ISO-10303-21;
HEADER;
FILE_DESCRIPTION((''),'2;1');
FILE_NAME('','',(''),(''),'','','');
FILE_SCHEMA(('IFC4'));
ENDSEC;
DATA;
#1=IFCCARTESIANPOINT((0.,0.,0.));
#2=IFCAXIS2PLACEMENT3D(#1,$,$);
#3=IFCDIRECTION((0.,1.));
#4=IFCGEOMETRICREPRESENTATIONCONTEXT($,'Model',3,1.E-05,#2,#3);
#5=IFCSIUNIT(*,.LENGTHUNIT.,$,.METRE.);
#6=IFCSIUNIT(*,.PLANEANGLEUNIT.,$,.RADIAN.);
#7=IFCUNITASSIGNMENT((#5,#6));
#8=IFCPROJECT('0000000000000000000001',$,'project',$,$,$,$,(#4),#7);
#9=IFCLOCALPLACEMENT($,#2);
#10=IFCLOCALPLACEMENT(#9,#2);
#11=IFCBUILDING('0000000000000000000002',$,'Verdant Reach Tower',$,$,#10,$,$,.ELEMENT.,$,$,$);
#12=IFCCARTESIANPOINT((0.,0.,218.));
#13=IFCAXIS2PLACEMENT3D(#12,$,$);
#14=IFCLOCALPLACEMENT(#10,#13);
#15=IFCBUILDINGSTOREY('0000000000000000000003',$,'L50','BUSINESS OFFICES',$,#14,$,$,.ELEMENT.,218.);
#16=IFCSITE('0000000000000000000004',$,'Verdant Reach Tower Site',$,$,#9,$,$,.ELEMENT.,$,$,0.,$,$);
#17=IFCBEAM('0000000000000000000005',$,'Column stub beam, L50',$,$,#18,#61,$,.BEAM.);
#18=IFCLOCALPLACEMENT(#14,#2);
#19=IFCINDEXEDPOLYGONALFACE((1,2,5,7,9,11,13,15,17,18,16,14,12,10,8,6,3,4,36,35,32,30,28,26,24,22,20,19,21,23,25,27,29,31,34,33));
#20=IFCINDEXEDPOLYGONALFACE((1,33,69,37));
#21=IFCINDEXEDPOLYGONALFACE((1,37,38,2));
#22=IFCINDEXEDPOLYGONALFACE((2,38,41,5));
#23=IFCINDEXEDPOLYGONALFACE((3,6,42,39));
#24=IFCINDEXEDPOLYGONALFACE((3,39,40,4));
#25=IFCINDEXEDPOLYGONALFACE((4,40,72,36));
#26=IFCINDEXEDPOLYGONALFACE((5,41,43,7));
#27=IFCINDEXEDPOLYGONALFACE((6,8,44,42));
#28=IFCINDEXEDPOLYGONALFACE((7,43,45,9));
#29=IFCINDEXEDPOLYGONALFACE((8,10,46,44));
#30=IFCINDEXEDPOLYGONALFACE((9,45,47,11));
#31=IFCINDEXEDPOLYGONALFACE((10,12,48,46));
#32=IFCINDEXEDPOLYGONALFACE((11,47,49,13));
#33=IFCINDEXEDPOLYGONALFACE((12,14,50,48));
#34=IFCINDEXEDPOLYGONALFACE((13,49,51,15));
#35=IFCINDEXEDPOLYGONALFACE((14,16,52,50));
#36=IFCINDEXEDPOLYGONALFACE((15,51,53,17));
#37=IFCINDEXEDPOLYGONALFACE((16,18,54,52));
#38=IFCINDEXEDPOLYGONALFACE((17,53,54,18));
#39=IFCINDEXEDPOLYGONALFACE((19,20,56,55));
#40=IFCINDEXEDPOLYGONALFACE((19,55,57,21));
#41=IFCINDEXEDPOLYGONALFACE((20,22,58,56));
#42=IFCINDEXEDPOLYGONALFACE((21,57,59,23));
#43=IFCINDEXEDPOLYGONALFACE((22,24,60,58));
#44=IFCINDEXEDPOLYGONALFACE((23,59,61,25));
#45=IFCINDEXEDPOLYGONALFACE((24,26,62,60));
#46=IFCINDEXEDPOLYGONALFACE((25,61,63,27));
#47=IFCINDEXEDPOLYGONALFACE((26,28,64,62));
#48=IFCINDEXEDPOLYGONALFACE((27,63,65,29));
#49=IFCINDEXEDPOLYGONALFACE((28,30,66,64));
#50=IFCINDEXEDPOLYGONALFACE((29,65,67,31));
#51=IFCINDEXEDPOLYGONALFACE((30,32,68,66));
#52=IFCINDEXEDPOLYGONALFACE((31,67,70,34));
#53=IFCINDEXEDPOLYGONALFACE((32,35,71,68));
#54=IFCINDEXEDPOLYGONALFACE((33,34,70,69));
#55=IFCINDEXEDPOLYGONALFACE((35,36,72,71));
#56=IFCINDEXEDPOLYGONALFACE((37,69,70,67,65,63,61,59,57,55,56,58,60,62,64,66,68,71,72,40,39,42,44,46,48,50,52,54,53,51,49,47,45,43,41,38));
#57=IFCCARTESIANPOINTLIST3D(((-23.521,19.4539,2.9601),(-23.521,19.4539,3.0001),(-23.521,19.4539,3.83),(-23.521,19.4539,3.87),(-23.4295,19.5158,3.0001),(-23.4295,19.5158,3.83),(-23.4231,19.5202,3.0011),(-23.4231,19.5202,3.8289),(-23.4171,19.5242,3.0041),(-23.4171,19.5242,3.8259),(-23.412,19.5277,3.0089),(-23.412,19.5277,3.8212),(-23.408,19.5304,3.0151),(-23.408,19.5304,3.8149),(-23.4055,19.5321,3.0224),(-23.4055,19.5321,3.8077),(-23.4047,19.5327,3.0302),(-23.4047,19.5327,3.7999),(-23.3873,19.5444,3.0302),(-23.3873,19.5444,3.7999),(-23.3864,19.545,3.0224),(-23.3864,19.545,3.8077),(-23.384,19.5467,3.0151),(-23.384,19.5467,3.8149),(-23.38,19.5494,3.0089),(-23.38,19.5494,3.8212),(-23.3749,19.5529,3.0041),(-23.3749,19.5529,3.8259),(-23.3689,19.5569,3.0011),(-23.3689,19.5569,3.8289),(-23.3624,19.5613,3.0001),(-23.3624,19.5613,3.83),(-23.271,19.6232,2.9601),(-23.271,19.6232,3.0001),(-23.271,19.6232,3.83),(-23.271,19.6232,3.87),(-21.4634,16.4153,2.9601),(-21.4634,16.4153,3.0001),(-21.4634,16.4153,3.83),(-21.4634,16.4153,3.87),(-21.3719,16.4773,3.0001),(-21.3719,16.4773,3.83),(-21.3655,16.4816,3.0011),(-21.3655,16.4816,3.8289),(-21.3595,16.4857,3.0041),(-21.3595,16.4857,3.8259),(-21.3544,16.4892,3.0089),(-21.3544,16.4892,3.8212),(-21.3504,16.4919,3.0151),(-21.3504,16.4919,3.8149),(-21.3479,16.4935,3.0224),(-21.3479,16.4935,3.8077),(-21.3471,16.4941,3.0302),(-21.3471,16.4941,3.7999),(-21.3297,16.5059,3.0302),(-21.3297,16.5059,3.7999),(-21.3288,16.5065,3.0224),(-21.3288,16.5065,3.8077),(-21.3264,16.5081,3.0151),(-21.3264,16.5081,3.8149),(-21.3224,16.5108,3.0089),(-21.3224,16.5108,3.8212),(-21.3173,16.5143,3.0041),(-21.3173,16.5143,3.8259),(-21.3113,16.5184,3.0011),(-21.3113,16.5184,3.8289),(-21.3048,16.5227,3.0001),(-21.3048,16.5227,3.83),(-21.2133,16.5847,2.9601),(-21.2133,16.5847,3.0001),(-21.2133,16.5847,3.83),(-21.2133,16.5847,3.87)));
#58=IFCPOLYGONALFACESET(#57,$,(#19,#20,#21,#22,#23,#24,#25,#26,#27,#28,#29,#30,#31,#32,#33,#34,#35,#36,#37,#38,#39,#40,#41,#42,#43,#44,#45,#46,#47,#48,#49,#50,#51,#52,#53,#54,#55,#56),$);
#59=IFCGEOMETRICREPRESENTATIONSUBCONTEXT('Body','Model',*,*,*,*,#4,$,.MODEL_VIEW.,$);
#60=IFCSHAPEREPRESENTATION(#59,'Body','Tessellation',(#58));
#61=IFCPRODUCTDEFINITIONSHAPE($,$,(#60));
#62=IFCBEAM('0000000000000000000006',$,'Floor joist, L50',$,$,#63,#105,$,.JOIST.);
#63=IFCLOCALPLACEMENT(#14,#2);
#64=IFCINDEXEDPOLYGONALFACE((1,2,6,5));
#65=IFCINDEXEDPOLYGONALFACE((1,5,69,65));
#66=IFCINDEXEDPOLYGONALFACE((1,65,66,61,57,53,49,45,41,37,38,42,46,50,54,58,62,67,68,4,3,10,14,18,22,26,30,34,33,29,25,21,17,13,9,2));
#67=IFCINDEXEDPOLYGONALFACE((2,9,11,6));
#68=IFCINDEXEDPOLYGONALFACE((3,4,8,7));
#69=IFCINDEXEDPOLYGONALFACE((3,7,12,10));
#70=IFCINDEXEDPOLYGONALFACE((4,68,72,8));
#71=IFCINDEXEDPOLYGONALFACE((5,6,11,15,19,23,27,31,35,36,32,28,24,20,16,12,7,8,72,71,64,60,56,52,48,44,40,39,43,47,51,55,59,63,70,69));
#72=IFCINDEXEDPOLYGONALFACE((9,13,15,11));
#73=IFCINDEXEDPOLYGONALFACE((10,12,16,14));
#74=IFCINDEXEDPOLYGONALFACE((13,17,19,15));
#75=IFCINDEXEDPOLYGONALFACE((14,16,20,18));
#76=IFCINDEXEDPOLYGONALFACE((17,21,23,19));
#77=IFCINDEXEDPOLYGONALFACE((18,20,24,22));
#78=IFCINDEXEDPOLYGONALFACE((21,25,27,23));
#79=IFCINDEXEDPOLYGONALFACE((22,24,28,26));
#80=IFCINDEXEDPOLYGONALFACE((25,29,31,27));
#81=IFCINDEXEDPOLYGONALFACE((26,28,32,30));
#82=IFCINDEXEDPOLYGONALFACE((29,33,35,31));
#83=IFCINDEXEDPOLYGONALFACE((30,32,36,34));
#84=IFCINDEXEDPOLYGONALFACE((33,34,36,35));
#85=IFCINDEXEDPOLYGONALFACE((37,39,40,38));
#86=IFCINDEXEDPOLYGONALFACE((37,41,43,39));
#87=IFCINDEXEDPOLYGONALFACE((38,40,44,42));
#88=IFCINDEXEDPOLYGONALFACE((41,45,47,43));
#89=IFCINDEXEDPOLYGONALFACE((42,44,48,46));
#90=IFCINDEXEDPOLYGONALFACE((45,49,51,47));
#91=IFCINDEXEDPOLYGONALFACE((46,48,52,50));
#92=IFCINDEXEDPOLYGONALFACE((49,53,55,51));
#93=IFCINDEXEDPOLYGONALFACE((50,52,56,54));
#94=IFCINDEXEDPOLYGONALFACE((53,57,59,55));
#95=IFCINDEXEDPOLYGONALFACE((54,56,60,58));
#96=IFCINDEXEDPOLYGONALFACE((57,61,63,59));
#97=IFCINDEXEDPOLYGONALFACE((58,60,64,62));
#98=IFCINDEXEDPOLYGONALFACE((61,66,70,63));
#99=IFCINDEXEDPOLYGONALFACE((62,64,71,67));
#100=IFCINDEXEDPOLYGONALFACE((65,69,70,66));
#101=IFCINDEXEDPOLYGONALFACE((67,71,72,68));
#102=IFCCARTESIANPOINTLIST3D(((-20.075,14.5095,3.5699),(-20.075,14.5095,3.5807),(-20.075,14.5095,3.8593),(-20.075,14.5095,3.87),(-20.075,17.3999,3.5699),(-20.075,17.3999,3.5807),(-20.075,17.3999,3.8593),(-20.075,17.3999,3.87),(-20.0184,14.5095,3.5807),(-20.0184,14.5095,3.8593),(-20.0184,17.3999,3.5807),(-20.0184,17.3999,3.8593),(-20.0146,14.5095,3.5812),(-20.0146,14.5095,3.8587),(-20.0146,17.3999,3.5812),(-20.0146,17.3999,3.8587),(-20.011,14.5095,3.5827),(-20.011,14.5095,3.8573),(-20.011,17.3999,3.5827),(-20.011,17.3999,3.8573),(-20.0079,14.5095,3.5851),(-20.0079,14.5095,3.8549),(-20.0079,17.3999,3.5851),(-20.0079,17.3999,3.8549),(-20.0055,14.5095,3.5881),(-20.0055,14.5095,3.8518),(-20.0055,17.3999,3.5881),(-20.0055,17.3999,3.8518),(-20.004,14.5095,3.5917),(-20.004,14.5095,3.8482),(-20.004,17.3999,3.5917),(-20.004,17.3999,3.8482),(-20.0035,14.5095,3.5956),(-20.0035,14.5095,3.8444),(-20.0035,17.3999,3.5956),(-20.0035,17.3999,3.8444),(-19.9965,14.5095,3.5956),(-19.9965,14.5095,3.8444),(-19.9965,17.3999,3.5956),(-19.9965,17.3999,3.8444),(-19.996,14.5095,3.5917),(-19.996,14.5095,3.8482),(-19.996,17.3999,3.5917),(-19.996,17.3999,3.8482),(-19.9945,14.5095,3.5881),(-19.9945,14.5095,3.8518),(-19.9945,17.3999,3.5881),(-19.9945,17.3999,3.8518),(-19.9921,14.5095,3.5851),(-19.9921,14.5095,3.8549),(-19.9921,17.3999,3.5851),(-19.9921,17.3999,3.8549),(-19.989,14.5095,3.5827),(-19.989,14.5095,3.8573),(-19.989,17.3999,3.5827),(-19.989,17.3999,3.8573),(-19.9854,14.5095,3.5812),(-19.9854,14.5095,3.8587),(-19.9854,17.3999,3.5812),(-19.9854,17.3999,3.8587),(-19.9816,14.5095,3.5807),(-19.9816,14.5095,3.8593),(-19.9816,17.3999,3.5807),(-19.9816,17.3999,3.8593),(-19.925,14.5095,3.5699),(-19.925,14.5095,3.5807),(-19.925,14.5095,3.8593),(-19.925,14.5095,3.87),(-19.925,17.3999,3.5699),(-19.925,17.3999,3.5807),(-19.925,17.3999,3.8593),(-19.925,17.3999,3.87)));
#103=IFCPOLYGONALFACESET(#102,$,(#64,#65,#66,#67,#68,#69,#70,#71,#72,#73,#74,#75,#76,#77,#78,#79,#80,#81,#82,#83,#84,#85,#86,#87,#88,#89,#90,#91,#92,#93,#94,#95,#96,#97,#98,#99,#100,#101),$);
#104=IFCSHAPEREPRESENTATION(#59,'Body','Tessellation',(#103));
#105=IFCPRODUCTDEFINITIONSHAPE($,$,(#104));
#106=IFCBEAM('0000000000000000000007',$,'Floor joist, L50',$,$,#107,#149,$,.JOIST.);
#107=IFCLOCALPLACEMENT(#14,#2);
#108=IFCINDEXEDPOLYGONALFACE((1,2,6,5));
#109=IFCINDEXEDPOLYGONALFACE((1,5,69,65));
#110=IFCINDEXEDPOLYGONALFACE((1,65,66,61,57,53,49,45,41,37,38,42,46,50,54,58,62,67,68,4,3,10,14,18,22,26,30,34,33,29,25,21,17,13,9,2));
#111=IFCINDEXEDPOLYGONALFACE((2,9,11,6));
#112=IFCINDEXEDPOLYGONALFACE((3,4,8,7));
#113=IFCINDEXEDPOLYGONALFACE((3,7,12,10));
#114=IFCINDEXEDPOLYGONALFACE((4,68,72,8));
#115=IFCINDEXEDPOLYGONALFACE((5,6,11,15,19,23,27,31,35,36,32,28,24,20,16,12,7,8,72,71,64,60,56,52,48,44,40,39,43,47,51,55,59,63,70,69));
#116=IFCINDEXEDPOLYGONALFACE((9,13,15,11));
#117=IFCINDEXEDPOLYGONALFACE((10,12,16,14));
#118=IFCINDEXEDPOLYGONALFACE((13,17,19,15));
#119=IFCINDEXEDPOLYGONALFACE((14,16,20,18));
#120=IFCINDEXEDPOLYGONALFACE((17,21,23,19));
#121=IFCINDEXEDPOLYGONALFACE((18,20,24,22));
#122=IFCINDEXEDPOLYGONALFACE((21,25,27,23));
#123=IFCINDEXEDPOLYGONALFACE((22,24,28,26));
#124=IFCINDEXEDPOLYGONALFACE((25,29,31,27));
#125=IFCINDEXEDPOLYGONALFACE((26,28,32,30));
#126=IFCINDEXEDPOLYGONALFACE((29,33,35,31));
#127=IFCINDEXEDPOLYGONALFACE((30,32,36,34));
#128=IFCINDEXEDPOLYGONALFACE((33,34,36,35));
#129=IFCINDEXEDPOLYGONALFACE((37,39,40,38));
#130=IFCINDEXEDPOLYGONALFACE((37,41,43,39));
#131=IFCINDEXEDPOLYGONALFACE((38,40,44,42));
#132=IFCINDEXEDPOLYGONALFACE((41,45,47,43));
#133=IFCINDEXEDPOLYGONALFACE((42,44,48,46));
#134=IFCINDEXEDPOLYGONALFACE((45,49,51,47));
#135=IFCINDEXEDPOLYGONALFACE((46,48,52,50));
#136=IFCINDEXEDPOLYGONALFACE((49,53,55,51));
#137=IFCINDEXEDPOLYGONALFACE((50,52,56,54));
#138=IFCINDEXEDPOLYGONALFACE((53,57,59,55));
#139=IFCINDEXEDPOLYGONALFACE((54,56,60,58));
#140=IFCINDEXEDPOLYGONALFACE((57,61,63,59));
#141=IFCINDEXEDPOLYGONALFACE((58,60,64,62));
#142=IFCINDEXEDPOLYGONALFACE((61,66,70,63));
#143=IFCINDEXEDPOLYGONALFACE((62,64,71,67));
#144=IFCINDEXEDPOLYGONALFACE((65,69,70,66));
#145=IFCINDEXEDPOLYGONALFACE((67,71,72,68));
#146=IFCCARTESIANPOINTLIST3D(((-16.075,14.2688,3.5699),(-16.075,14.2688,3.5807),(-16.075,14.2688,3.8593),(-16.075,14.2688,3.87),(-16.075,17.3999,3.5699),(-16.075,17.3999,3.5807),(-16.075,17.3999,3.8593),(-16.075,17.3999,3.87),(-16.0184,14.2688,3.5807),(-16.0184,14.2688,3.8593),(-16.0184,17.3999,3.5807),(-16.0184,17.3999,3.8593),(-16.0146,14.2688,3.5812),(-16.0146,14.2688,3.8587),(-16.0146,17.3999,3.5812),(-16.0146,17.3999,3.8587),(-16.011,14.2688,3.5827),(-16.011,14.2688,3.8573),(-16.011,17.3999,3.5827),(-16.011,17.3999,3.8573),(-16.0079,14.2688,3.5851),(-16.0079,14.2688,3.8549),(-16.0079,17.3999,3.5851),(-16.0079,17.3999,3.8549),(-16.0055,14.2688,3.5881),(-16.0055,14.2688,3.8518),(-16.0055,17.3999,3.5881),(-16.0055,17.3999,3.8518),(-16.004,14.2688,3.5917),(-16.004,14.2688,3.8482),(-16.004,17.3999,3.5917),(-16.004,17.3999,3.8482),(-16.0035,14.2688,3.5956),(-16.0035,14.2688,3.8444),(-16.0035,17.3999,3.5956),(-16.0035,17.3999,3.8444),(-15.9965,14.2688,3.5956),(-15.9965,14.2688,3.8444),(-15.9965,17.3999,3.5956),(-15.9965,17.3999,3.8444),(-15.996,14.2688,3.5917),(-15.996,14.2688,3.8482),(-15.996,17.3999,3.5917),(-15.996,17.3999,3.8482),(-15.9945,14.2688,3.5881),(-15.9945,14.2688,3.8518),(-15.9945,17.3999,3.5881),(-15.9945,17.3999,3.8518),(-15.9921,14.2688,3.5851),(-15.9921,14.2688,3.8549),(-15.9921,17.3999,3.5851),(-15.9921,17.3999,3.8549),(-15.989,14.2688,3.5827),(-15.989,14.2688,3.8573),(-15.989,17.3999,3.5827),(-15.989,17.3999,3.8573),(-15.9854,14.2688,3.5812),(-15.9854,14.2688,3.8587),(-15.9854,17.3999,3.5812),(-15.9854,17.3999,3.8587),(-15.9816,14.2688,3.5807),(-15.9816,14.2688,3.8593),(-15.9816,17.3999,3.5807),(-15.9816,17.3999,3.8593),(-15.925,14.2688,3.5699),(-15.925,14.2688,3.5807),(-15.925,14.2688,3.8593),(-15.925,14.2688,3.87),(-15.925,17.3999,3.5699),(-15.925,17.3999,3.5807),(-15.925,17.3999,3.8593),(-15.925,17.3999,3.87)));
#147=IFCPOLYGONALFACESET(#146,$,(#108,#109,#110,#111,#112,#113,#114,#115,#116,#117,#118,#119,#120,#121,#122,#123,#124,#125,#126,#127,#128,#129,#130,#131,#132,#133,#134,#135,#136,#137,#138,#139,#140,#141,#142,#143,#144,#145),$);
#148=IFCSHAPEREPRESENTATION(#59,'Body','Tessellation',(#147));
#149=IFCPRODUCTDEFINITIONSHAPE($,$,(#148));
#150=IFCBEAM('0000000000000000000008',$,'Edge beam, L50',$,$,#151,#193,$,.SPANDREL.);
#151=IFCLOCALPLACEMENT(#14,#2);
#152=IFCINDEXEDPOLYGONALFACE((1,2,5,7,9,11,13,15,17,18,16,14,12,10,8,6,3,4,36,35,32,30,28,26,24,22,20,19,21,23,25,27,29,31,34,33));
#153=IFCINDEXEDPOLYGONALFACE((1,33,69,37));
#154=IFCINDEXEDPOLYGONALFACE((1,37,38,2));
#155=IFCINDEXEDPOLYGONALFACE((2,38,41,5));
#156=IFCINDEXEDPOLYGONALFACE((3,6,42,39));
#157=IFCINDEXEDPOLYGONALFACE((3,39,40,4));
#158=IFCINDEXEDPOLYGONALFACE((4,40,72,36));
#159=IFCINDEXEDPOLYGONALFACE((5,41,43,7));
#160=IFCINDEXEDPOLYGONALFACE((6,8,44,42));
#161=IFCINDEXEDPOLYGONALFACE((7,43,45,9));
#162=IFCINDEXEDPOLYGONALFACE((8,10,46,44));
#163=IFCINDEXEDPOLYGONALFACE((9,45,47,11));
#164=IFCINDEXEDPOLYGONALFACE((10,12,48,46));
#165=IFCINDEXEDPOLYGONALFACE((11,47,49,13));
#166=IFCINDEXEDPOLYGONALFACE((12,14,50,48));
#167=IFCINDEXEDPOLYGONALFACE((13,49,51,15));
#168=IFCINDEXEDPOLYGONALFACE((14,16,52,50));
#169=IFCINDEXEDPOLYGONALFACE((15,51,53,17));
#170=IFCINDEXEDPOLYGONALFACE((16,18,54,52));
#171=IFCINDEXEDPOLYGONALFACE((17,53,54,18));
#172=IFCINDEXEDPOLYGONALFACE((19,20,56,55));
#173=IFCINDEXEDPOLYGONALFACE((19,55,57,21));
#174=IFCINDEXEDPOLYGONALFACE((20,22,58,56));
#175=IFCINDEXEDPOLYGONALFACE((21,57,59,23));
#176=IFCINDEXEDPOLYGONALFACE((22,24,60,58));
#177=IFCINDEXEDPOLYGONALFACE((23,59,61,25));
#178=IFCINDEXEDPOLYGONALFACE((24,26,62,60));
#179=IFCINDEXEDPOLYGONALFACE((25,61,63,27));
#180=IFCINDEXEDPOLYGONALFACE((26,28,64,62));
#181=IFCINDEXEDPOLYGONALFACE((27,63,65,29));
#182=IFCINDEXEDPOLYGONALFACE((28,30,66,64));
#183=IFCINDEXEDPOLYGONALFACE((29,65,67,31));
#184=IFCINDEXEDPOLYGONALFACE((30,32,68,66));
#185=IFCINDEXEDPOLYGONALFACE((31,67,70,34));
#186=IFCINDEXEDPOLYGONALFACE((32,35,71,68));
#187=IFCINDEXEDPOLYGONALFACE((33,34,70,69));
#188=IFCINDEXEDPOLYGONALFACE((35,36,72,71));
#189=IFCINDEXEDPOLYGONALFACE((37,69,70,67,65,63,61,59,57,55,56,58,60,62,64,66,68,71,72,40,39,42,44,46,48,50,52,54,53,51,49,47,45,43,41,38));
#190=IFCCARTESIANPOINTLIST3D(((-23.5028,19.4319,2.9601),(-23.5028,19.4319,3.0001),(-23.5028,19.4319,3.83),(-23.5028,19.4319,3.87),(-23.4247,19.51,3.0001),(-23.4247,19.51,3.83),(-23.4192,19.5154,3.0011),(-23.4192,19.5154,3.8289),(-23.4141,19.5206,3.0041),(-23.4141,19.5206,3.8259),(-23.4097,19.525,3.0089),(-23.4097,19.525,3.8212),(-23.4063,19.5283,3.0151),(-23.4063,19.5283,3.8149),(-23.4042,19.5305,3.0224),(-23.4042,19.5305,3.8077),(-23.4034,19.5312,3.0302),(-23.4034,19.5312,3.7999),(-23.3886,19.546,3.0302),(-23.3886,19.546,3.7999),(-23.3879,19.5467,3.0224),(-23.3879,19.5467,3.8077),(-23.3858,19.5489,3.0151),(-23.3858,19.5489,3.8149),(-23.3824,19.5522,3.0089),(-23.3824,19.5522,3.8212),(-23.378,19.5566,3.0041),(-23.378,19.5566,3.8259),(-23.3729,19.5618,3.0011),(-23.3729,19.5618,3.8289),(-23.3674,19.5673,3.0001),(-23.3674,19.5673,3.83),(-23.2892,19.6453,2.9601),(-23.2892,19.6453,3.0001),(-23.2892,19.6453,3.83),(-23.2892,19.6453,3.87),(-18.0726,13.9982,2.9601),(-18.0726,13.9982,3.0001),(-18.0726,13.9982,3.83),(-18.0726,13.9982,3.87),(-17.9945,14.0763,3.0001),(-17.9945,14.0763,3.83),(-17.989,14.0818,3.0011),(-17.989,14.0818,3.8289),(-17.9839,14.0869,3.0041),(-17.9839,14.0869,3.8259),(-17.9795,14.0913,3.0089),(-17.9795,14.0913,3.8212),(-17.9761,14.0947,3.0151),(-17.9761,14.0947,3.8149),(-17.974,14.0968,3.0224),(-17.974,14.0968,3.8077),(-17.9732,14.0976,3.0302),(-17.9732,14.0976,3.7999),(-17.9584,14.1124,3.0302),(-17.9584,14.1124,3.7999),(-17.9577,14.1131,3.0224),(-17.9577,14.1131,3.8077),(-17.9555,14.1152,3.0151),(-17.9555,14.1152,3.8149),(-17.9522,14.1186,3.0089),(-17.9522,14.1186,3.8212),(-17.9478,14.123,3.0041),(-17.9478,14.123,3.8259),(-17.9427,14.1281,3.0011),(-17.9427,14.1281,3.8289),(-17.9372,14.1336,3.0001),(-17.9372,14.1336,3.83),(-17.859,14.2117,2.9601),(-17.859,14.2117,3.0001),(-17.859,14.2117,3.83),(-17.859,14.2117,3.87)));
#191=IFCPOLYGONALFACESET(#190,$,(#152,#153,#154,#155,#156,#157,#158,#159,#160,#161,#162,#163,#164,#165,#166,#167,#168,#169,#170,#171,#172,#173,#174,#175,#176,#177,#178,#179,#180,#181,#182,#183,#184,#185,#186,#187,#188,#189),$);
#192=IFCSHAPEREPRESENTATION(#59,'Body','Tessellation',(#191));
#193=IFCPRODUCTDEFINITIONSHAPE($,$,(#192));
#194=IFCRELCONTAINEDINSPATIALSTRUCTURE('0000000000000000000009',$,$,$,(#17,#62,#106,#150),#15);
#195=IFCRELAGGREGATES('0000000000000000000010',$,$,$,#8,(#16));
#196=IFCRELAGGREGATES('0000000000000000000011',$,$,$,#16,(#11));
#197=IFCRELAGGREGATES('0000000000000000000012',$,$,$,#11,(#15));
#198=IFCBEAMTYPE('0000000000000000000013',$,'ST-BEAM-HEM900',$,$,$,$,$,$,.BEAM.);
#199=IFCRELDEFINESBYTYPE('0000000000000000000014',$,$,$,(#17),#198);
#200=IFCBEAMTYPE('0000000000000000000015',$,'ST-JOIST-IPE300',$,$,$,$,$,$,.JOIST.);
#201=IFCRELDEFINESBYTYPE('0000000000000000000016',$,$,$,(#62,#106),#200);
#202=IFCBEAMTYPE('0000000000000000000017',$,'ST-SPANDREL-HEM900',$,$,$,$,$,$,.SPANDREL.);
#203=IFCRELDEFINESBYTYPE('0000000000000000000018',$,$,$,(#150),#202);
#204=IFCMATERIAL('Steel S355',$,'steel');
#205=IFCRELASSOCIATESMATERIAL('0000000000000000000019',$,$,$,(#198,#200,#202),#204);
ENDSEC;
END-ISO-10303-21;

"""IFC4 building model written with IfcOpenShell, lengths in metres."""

from ifc_helpers import new_model, si_unit, direction, frame, origin, origin_2d, place, context, subcontext, project, spatial, i_section, extrude, material, material_profile, profile_set, type_object, element, save


model = new_model("IFC4")

# Units and contexts
model_context = context("Model", 3, precision=1e-05, world=origin(), true_north=direction((0.0, 1.0)))
body_context = subcontext(model_context, "Body", "Model", "MODEL_VIEW")
ifc_project = project(units=[si_unit("LENGTHUNIT", "METRE"), si_unit("PLANEANGLEUNIT", "RADIAN")], contexts=[model_context])

# Site, building, storey
site_placement = place(None, origin())
site = spatial("IfcSite", under=ifc_project, at=site_placement, Name="Verdant Reach Tower Site", CompositionType="ELEMENT", RefElevation=0.0)
building_placement = place(site_placement, origin())
building = spatial("IfcBuilding", under=site, at=building_placement, Name="Verdant Reach Tower", CompositionType="ELEMENT")
storey_placement = place(building_placement, frame((0.0, 0.0, 218.0)))
storey = spatial("IfcBuildingStorey", under=building, at=storey_placement, Name="L50", Description="BUSINESS OFFICES", CompositionType="ELEMENT", Elevation=218.0)

# Beams
ifc_material_1 = material(Name="Steel S355", Category="steel")
ifc_material_profile_1 = material_profile(ifc_material_1, i_section(OverallWidth=0.302, OverallDepth=0.9099, WebThickness=0.021, FlangeThickness=0.04, FilletRadius=0.03, at=origin_2d()), Name="HEM 900")
ifc_profile_set_1 = profile_set([ifc_material_profile_1], Name="Steel S355")
beam_type_1 = type_object("IfcBeamType", Name="ST-BEAM-HEM900", PredefinedType="BEAM", material=ifc_profile_set_1)
beam_1_placement = place(storey_placement, frame((-21.3384, 16.5, 3.415), z_axis=(-0.560704, 0.828016, 0.0), x_axis=(-0.828016, -0.560704, 0.0)))
element("IfcBeam", 1, at=beam_1_placement, inside=storey, type_object=beam_type_1, Name="Column stub beam, L50", PredefinedType="BEAM", context=body_context, shape_type="SweptSolid", body=[
    extrude(i_section(OverallWidth=0.302, OverallDepth=0.9099, WebThickness=0.021, FlangeThickness=0.04, FilletRadius=0.03, at=origin_2d()), origin(), (0.0, 0.0, 1.0), 3.6697),
])
ifc_material_profile_2 = material_profile(ifc_material_1, i_section(OverallWidth=0.1499, OverallDepth=0.3, WebThickness=0.0071, FlangeThickness=0.0107, FilletRadius=0.0149, at=origin_2d()), Name="IPE 300")
ifc_profile_set_2 = profile_set([ifc_material_profile_2], Name="Steel S355")
beam_type_2 = type_object("IfcBeamType", Name="ST-JOIST-IPE300", PredefinedType="JOIST", material=ifc_profile_set_2)
beam_2_placement = place(storey_placement, frame((-20.0, 17.3999, 3.72), z_axis=(0.0, -1.0, 0.0), x_axis=(1.0, 0.0, 0.0)))
element("IfcBeam", 2, at=beam_2_placement, inside=storey, type_object=beam_type_2, Name="Floor joist, L50", PredefinedType="JOIST", context=body_context, shape_type="SweptSolid", body=[
    extrude(i_section(OverallWidth=0.1499, OverallDepth=0.3, WebThickness=0.0071, FlangeThickness=0.0107, FilletRadius=0.0149, at=origin_2d()), origin(), (0.0, 0.0, 1.0), 2.8904),
])
beam_3_placement = place(storey_placement, frame((-16.0, 17.3999, 3.72), z_axis=(0.0, -1.0, 0.0), x_axis=(1.0, 0.0, 0.0)))
element("IfcBeam", 3, at=beam_3_placement, inside=storey, type_object=beam_type_2, Name="Floor joist, L50", PredefinedType="JOIST", context=body_context, shape_type="SweptSolid", body=[
    extrude(i_section(OverallWidth=0.1499, OverallDepth=0.3, WebThickness=0.0071, FlangeThickness=0.0107, FilletRadius=0.0149, at=origin_2d()), origin(), (0.0, 0.0, 1.0), 3.1311),
])
ifc_material_profile_3 = material_profile(ifc_material_1, i_section(OverallWidth=0.302, OverallDepth=0.9099, WebThickness=0.021, FlangeThickness=0.04, FilletRadius=0.03, at=origin_2d()), Name="HEM 900")
ifc_profile_set_3 = profile_set([ifc_material_profile_3], Name="Steel S355")
beam_type_3 = type_object("IfcBeamType", Name="ST-SPANDREL-HEM900", PredefinedType="SPANDREL", material=ifc_profile_set_3)
beam_4_placement = place(storey_placement, frame((-17.9658, 14.105, 3.415), z_axis=(-0.706884, 0.707329, 0.0), x_axis=(-0.707329, -0.706884, 0.0)))
element("IfcBeam", 4, at=beam_4_placement, inside=storey, type_object=beam_type_3, Name="Edge beam, L50", PredefinedType="SPANDREL", context=body_context, shape_type="SweptSolid", body=[
    extrude(i_section(OverallWidth=0.302, OverallDepth=0.9099, WebThickness=0.021, FlangeThickness=0.04, FilletRadius=0.03, at=origin_2d()), origin(), (0.0, 0.0, 1.0), 7.6819),
])

save(model, "model.ifc")
